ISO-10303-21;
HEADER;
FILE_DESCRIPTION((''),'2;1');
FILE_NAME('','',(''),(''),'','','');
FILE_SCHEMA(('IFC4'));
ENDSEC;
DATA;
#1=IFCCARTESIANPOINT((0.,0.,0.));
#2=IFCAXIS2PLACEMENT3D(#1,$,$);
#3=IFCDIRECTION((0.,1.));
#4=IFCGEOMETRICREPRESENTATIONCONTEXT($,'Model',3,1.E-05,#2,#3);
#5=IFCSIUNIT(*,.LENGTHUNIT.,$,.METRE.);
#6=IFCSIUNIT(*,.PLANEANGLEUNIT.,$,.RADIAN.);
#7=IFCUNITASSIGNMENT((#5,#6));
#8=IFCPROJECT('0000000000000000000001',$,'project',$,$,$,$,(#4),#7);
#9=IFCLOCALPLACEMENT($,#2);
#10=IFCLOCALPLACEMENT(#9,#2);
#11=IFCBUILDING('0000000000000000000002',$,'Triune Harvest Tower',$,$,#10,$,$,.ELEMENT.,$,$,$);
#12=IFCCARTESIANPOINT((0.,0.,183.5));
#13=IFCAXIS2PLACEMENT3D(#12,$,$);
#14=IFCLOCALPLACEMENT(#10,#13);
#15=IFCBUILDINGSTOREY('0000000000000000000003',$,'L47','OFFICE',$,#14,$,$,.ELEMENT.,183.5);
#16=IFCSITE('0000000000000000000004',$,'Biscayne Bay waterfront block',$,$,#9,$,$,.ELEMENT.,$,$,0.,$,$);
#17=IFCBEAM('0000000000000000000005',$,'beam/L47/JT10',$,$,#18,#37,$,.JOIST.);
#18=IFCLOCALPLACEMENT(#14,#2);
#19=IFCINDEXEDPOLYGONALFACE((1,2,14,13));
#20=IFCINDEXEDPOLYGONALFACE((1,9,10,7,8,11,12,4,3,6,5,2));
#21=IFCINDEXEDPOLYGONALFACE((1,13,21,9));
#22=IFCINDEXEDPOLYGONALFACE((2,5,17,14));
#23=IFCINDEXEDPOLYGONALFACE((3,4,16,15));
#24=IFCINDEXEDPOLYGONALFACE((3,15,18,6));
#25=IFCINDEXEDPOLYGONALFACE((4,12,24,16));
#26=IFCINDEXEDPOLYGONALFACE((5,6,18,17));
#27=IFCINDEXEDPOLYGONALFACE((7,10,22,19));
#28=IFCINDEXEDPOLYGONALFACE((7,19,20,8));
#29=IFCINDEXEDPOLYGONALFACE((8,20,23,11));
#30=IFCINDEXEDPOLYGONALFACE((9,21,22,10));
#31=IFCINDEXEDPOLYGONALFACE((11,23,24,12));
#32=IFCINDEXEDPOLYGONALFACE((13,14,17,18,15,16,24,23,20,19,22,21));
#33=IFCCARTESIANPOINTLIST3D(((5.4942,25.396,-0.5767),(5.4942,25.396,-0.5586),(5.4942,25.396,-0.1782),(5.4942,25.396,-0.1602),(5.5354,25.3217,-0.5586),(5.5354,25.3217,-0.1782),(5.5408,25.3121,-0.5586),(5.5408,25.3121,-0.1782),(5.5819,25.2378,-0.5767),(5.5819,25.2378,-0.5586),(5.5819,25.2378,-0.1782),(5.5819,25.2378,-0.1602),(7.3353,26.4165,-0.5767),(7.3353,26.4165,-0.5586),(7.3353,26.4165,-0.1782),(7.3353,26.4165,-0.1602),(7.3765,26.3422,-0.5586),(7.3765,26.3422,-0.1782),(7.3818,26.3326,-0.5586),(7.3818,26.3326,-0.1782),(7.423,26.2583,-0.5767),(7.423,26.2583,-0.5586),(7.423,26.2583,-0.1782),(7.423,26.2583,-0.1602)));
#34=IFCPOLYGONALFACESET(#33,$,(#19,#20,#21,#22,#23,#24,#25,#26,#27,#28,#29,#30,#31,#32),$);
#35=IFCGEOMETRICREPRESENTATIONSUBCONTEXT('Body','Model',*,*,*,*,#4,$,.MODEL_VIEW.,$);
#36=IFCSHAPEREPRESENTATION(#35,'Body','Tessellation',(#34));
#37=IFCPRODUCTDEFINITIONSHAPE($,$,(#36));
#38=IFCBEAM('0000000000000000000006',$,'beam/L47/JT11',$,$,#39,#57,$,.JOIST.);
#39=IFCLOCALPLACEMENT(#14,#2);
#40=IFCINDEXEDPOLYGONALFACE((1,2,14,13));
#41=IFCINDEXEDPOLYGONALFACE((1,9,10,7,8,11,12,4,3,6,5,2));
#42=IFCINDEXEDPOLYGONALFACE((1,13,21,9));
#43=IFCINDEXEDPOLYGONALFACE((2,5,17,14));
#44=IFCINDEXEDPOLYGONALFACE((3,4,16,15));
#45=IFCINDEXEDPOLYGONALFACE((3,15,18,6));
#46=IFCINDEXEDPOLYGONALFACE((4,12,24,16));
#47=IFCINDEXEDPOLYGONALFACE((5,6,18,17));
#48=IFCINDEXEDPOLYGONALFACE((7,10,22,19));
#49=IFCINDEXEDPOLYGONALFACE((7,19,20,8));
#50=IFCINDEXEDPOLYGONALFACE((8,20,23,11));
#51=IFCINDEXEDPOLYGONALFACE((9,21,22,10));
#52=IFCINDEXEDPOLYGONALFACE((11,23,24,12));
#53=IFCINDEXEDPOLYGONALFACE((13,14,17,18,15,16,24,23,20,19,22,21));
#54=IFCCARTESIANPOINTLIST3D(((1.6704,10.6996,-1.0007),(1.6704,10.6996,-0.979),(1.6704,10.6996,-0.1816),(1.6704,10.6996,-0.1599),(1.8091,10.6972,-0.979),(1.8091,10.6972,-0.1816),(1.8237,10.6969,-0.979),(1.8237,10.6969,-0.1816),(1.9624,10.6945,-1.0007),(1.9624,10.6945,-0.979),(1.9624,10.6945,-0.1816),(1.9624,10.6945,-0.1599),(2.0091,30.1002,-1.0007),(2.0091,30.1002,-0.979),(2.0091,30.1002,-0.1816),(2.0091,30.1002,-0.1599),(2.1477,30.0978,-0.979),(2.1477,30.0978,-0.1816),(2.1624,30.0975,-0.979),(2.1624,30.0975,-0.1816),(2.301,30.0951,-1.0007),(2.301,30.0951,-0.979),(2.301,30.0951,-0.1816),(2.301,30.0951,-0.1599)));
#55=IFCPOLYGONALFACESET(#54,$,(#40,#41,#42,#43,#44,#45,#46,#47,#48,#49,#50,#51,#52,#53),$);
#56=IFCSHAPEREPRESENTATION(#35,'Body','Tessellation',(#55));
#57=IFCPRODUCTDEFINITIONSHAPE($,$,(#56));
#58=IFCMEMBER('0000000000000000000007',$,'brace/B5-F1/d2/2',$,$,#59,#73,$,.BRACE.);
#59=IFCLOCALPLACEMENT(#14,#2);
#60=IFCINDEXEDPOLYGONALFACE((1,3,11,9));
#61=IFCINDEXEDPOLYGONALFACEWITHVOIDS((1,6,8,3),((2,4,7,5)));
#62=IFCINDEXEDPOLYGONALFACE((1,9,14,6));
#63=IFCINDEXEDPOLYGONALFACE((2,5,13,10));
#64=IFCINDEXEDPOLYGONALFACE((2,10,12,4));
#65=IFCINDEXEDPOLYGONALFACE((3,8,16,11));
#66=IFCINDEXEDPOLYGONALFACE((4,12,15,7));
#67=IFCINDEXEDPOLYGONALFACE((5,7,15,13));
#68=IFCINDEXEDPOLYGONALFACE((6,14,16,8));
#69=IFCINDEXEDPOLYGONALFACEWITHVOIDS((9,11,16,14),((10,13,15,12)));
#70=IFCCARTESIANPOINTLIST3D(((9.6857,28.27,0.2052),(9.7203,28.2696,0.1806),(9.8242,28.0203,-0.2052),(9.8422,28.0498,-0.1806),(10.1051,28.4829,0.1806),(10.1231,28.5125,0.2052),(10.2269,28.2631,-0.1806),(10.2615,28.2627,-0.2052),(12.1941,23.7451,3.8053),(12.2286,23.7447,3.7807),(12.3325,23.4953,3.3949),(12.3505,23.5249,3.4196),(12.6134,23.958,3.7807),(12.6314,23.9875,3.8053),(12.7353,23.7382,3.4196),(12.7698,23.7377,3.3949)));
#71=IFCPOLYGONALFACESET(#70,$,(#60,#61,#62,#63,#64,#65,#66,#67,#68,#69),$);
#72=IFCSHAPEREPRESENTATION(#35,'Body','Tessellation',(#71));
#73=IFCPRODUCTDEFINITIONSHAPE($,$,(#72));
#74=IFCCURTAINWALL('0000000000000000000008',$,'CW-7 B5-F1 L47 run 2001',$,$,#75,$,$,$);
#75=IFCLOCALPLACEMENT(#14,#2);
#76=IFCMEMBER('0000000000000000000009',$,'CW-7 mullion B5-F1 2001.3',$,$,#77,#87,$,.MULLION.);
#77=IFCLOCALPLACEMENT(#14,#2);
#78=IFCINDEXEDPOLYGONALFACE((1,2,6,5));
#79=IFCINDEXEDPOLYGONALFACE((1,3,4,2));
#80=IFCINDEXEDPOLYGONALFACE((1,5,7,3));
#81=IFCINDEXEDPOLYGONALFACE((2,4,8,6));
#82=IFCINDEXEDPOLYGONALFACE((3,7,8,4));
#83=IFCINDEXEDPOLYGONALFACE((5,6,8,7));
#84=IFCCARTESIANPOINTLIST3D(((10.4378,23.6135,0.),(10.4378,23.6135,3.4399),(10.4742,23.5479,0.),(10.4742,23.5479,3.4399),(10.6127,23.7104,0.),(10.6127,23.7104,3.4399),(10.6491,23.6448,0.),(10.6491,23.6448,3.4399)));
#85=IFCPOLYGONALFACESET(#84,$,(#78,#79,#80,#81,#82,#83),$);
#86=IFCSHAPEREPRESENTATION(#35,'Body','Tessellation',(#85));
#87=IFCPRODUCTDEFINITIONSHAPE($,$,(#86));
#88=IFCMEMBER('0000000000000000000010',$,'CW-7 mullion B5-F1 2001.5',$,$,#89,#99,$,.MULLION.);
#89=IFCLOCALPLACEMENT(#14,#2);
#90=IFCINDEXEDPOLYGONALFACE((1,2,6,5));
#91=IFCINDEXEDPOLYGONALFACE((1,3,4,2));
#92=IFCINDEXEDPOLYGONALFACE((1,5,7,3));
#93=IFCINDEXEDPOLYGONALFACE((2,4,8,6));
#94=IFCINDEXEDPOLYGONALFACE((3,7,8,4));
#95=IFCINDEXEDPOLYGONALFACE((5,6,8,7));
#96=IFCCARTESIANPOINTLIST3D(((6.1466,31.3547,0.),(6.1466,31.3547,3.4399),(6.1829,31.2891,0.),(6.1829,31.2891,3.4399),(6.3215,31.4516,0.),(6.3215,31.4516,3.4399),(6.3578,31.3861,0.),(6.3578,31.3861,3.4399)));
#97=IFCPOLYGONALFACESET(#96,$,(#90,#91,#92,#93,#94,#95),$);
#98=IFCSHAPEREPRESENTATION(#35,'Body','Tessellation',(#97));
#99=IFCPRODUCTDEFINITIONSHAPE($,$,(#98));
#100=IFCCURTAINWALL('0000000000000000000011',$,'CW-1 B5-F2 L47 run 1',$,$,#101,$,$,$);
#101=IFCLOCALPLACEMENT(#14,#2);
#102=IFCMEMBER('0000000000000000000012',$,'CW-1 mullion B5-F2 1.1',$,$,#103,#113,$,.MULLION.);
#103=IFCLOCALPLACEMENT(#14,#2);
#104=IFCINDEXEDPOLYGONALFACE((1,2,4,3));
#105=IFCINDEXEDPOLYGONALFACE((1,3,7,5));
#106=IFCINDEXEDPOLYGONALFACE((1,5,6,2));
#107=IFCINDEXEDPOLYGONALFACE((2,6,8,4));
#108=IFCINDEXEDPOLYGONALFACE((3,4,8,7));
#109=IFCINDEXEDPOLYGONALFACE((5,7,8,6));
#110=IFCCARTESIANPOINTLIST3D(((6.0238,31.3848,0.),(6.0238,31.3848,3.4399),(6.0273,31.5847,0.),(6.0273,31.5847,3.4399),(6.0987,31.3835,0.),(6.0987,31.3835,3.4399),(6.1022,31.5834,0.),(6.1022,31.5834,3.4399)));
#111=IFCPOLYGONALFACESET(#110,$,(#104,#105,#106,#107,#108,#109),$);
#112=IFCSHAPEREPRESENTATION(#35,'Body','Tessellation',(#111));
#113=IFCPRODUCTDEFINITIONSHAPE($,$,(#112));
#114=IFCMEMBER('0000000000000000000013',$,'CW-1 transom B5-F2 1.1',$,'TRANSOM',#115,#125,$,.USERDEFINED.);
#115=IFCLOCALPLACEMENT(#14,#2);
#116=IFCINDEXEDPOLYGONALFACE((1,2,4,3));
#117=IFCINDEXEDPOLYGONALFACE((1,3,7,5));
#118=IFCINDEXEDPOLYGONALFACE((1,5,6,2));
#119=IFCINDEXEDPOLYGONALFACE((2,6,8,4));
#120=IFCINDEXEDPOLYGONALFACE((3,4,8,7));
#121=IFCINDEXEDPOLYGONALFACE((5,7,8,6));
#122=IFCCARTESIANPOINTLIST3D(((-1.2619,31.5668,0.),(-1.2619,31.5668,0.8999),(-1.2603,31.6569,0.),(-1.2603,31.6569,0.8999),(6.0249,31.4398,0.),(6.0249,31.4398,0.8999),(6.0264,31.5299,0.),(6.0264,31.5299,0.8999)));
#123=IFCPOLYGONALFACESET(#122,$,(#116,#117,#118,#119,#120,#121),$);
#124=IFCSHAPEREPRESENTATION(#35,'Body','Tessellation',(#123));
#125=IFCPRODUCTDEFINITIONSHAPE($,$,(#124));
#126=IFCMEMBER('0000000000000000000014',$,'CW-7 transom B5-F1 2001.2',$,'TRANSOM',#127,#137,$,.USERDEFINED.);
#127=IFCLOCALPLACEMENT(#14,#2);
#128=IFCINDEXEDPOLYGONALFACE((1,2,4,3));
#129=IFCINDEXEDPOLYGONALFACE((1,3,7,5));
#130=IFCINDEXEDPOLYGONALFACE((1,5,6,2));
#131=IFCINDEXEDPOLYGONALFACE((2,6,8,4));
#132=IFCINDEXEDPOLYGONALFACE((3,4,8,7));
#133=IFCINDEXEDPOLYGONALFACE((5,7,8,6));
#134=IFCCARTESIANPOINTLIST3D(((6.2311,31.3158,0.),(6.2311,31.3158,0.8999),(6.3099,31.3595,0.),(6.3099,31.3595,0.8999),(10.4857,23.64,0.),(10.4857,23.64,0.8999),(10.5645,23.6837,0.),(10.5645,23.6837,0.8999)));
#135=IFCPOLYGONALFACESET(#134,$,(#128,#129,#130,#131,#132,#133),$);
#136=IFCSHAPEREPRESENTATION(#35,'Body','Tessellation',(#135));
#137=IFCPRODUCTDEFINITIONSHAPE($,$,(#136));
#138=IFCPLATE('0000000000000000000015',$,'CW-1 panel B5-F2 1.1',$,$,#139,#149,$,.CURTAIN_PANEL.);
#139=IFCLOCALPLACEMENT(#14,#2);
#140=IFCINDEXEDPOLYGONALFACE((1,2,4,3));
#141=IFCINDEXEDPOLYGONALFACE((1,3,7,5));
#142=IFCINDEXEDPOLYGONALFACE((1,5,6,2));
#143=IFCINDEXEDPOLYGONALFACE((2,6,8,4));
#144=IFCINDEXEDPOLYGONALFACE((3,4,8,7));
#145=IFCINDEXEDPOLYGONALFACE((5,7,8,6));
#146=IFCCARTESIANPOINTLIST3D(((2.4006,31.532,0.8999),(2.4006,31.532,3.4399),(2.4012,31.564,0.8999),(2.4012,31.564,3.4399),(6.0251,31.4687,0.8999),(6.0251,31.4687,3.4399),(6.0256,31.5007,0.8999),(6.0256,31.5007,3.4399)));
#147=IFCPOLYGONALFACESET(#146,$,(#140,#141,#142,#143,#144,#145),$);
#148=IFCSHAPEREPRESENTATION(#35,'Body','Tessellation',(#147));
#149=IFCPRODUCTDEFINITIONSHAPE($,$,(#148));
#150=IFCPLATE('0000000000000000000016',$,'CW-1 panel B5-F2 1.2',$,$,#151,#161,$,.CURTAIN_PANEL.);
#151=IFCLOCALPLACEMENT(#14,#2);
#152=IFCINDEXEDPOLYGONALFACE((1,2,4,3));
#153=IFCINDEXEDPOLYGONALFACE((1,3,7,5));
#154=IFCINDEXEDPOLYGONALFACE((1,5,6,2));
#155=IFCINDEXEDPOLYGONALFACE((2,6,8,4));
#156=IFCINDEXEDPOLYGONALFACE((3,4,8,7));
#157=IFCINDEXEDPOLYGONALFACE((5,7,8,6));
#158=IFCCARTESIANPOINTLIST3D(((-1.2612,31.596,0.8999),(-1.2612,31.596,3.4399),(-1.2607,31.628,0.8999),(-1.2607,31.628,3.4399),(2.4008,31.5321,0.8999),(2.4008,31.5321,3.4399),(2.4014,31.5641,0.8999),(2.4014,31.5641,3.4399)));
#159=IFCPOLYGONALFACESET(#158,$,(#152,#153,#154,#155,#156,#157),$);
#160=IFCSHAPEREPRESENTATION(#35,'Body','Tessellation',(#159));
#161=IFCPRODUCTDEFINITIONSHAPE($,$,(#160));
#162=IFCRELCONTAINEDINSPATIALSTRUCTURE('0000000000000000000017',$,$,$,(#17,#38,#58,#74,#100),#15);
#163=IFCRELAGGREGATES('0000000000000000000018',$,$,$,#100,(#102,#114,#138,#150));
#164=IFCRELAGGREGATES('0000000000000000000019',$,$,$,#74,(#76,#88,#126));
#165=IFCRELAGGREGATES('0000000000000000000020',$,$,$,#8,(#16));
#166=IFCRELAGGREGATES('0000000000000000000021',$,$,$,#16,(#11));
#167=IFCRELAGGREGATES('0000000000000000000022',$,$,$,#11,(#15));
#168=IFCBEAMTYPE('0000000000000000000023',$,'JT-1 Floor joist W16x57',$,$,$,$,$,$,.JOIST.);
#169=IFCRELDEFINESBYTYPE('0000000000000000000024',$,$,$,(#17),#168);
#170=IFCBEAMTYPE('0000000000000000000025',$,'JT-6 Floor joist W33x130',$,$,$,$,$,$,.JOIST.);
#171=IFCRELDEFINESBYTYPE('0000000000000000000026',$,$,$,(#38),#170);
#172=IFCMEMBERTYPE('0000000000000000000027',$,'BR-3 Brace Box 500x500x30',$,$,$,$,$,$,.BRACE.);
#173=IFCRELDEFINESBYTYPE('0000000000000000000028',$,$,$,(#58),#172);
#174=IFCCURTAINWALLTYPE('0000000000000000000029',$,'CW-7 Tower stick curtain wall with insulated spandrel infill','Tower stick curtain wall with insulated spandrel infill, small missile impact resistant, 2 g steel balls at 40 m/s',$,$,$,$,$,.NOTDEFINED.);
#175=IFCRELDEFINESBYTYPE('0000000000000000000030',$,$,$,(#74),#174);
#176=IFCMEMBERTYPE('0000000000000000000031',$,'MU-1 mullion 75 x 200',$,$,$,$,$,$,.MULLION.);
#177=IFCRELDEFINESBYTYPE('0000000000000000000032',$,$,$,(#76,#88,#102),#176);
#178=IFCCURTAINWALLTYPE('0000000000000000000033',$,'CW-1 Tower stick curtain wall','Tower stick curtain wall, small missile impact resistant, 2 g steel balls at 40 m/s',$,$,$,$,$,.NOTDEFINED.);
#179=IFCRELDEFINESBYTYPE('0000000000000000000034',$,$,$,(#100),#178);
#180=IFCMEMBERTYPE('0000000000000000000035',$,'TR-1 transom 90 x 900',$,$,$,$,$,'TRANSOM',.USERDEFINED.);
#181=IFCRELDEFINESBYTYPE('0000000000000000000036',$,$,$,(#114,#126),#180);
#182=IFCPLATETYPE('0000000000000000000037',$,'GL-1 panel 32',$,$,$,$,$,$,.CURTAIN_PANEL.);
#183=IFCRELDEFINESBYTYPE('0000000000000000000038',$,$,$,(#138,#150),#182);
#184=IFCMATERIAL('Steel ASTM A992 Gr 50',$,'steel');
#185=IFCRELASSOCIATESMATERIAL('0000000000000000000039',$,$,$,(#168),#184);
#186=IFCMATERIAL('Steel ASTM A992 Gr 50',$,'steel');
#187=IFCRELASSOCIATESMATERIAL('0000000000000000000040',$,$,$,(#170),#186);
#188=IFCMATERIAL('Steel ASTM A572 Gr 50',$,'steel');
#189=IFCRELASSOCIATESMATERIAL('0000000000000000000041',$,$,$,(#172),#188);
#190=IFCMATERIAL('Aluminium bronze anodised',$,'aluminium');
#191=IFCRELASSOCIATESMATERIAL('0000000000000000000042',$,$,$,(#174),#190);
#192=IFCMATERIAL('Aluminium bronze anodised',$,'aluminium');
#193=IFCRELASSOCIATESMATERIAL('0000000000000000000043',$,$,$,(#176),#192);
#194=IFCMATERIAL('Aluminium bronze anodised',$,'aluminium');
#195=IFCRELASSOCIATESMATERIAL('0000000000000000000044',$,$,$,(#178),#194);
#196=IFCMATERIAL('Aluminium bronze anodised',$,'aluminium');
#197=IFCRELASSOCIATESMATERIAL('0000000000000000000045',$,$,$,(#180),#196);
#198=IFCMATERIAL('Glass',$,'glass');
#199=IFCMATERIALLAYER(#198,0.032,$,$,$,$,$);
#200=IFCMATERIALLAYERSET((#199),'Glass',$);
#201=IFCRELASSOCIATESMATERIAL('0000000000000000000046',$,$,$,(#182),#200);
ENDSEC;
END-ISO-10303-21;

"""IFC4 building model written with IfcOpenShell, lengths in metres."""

from ifc_helpers import new_model, si_unit, direction, frame, origin, origin_2d, place, context, subcontext, project, spatial, rectangle, hollow_rectangle, i_section, extrude, source, transform, mapped, material, layer, layer_set, material_profile, profile_set, type_object, element, aggregate, save


model = new_model("IFC4")

# Units and contexts
model_context = context("Model", 3, precision=1e-05, world=origin(), true_north=direction((0.0, 1.0)))
body_context = subcontext(model_context, "Body", "Model", "MODEL_VIEW")
ifc_project = project(units=[si_unit("LENGTHUNIT", "METRE"), si_unit("PLANEANGLEUNIT", "RADIAN")], contexts=[model_context])

# Site, building, storey
site_placement = place(None, origin())
site = spatial("IfcSite", under=ifc_project, at=site_placement, Name="Biscayne Bay waterfront block", CompositionType="ELEMENT", RefElevation=0.0)
building_placement = place(site_placement, origin())
building = spatial("IfcBuilding", under=site, at=building_placement, Name="Triune Harvest Tower", CompositionType="ELEMENT")
storey_placement = place(building_placement, frame((0.0, 0.0, 183.5)))
storey = spatial("IfcBuildingStorey", under=building, at=storey_placement, Name="L47", Description="OFFICE", CompositionType="ELEMENT", Elevation=183.5)

# Beams
ifc_material_1 = material(Name="Steel ASTM A992 Gr 50", Category="steel")
ifc_material_profile_1 = material_profile(ifc_material_1, i_section(OverallWidth=0.1809, OverallDepth=0.4165, WebThickness=0.011, FlangeThickness=0.0181, at=origin_2d()), Name="W16x57")
ifc_profile_set_1 = profile_set([ifc_material_profile_1], Name="Steel ASTM A992 Gr 50")
beam_type_1 = type_object("IfcBeamType", Name="JT-1 Floor joist W16x57", PredefinedType="JOIST", material=ifc_profile_set_1)
shared_shape_1 = source(origin(), body_context, "Body", "SweptSolid", [
    extrude(i_section(OverallWidth=0.1809, OverallDepth=0.4165, WebThickness=0.011, FlangeThickness=0.0181, at=origin_2d()), origin(), (0.0, 0.0, 1.0), 2.105),
])
beam_1_placement = place(storey_placement, frame((7.3792, 26.3374, -0.3684), z_axis=(-0.874622, -0.484806, 0.0), x_axis=(0.484806, -0.874622, 0.0)))
element("IfcBeam", 1, at=beam_1_placement, inside=storey, type_object=beam_type_1, Name="beam/L47/JT10", PredefinedType="JOIST", context=body_context, shape_type="MappedRepresentation", body=[
    mapped(shared_shape_1, transform((0.0, 0.0, 0.0), scale=1.0)),
])
ifc_material_2 = material(Name="Steel ASTM A992 Gr 50", Category="steel")
ifc_material_profile_2 = material_profile(ifc_material_2, i_section(OverallWidth=0.292, OverallDepth=0.8408, WebThickness=0.0146, FlangeThickness=0.0217, at=origin_2d()), Name="W33x130")
ifc_profile_set_2 = profile_set([ifc_material_profile_2], Name="Steel ASTM A992 Gr 50")
beam_type_2 = type_object("IfcBeamType", Name="JT-6 Floor joist W33x130", PredefinedType="JOIST", material=ifc_profile_set_2)
shared_shape_2 = source(origin(), body_context, "Body", "SweptSolid", [
    extrude(i_section(OverallWidth=0.292, OverallDepth=0.8408, WebThickness=0.0146, FlangeThickness=0.0217, at=origin_2d()), origin(), (0.0, 0.0, 1.0), 19.4036),
])
beam_2_placement = place(storey_placement, frame((2.155, 30.0977, -0.5803), z_axis=(-0.017452, -0.999848, 0.0), x_axis=(0.999848, -0.017452, 0.0)))
element("IfcBeam", 2, at=beam_2_placement, inside=storey, type_object=beam_type_2, Name="beam/L47/JT11", PredefinedType="JOIST", context=body_context, shape_type="MappedRepresentation", body=[
    mapped(shared_shape_2, transform((0.0, 0.0, 0.0), scale=1.0)),
])

# Member
ifc_material_3 = material(Name="Steel ASTM A572 Gr 50", Category="steel")
ifc_material_profile_3 = material_profile(ifc_material_3, hollow_rectangle(XDim=0.5, YDim=0.5, WallThickness=0.03, at=origin_2d()), Name="Box 500x500x30")
ifc_profile_set_3 = profile_set([ifc_material_profile_3], Name="Steel ASTM A572 Gr 50")
member_type_1 = type_object("IfcMemberType", Name="BR-3 Brace Box 500x500x30", PredefinedType="BRACE", material=ifc_profile_set_3)
shared_shape_3 = source(origin(), body_context, "Body", "SweptSolid", [
    extrude(hollow_rectangle(XDim=0.5, YDim=0.5, WallThickness=0.03, at=origin_2d()), origin(), (0.0, 0.0, 1.0), 6.303),
])
member_1_placement = place(storey_placement, frame((9.9736, 28.2664, 0.0), z_axis=(0.397957, -0.717904, 0.571178), x_axis=(0.874611, 0.484825, 0.0)))
element("IfcMember", 3, at=member_1_placement, inside=storey, type_object=member_type_1, Name="brace/B5-F1/d2/2", PredefinedType="BRACE", context=body_context, shape_type="MappedRepresentation", body=[
    mapped(shared_shape_3, transform((0.0, 0.0, 0.0), scale=1.0)),
])

# Curtain walls, members
ifc_material_4 = material(Name="Aluminium bronze anodised", Category="aluminium")
curtain_wall_type_1 = type_object("IfcCurtainWallType", Name="CW-7 Tower stick curtain wall with insulated spandrel infill", Description="Tower stick curtain wall with insulated spandrel infill, small missile impact resistant, 2 g steel balls at 40 m/s", PredefinedType="NOTDEFINED", material=ifc_material_4)
curtain_wall_1_placement = place(storey_placement, origin())
curtain_wall_1 = element("IfcCurtainWall", 4, at=curtain_wall_1_placement, inside=storey, type_object=curtain_wall_type_1, Name="CW-7 B5-F1 L47 run 2001")
ifc_material_5 = material(Name="Aluminium bronze anodised", Category="aluminium")
ifc_material_profile_4 = material_profile(ifc_material_5, rectangle(XDim=0.2, YDim=0.075, at=origin_2d()), Name="MU-1 mullion 75 x 200")
ifc_profile_set_4 = profile_set([ifc_material_profile_4], Name="Aluminium bronze anodised")
member_type_2 = type_object("IfcMemberType", Name="MU-1 mullion 75 x 200", PredefinedType="MULLION", material=ifc_profile_set_4)
shared_shape_4 = source(origin(), body_context, "Body", "SweptSolid", [
    extrude(rectangle(XDim=0.2, YDim=0.075, at=origin_2d()), origin(), (0.0, 0.0, 1.0), 3.4399),
])
member_2_placement = place(storey_placement, frame((10.5435, 23.6292, 0.0), z_axis=(0.0, 0.0, 1.0), x_axis=(-0.87462, -0.484808, 0.0)))
member_2 = element("IfcMember", 5, at=member_2_placement, type_object=member_type_2, Name="CW-7 mullion B5-F1 2001.3", PredefinedType="MULLION", context=body_context, shape_type="MappedRepresentation", body=[
    mapped(shared_shape_4, transform((0.0, 0.0, 0.0), scale=1.0)),
])
member_3_placement = place(storey_placement, frame((6.2522, 31.3704, 0.0), z_axis=(0.0, 0.0, 1.0), x_axis=(-0.87462, -0.484808, 0.0)))
member_3 = element("IfcMember", 6, at=member_3_placement, type_object=member_type_2, Name="CW-7 mullion B5-F1 2001.5", PredefinedType="MULLION", context=body_context, shape_type="MappedRepresentation", body=[
    mapped(shared_shape_4, transform((0.0, 0.0, 0.0), scale=1.0)),
])
ifc_material_6 = material(Name="Aluminium bronze anodised", Category="aluminium")
curtain_wall_type_2 = type_object("IfcCurtainWallType", Name="CW-1 Tower stick curtain wall", Description="Tower stick curtain wall, small missile impact resistant, 2 g steel balls at 40 m/s", PredefinedType="NOTDEFINED", material=ifc_material_6)
curtain_wall_2_placement = place(storey_placement, origin())
curtain_wall_2 = element("IfcCurtainWall", 7, at=curtain_wall_2_placement, inside=storey, type_object=curtain_wall_type_2, Name="CW-1 B5-F2 L47 run 1")
member_4_placement = place(storey_placement, frame((6.063, 31.4841, 0.0), z_axis=(0.0, 0.0, 1.0), x_axis=(-0.017446, -0.999848, 0.0)))
member_4 = element("IfcMember", 8, at=member_4_placement, type_object=member_type_2, Name="CW-1 mullion B5-F2 1.1", PredefinedType="MULLION", context=body_context, shape_type="MappedRepresentation", body=[
    mapped(shared_shape_4, transform((0.0, 0.0, 0.0), scale=1.0)),
])
ifc_material_7 = material(Name="Aluminium bronze anodised", Category="aluminium")
ifc_material_profile_5 = material_profile(ifc_material_7, rectangle(XDim=0.0901, YDim=0.8999, at=origin_2d()), Name="TR-1 transom 90 x 900")
ifc_profile_set_5 = profile_set([ifc_material_profile_5], Name="Aluminium bronze anodised")
member_type_3 = type_object("IfcMemberType", Name="TR-1 transom 90 x 900", ElementType="TRANSOM", PredefinedType="USERDEFINED", material=ifc_profile_set_5)
shared_shape_5 = source(origin(), body_context, "Body", "SweptSolid", [
    extrude(rectangle(XDim=0.0901, YDim=0.8999, at=origin_2d()), origin(), (0.0, 0.0, 1.0), 7.2878),
])
member_5_placement = place(storey_placement, frame((6.0256, 31.4849, 0.45), z_axis=(-0.999848, 0.01742, 0.0), x_axis=(-0.01742, -0.999848, 0.0)))
member_5 = element("IfcMember", 9, at=member_5_placement, type_object=member_type_3, Name="CW-1 transom B5-F2 1.1", ObjectType="TRANSOM", PredefinedType="USERDEFINED", context=body_context, shape_type="MappedRepresentation", body=[
    mapped(shared_shape_5, transform((0.0, 0.0, 0.0), scale=1.0)),
])

# Member
shared_shape_6 = source(origin(), body_context, "Body", "SweptSolid", [
    extrude(rectangle(XDim=0.0901, YDim=0.8999, at=origin_2d()), origin(), (0.0, 0.0, 1.0), 8.7761),
])
member_6_placement = place(storey_placement, frame((10.5251, 23.6619, 0.45), z_axis=(-0.484799, 0.874625, 0.0), x_axis=(-0.874625, -0.484799, 0.0)))
member_6 = element("IfcMember", 10, at=member_6_placement, type_object=member_type_3, Name="CW-7 transom B5-F1 2001.2", ObjectType="TRANSOM", PredefinedType="USERDEFINED", context=body_context, shape_type="MappedRepresentation", body=[
    mapped(shared_shape_6, transform((0.0, 0.0, 0.0), scale=1.0)),
])

# Plates
ifc_material_8 = material(Name="Glass", Category="glass")
ifc_layer_1 = layer(ifc_material_8, 0.032)
ifc_layer_set_1 = layer_set([ifc_layer_1], Name="Glass")
plate_type_1 = type_object("IfcPlateType", Name="GL-1 panel 32", PredefinedType="CURTAIN_PANEL", material=ifc_layer_set_1)
shared_shape_7 = source(origin(), body_context, "Body", "SweptSolid", [
    extrude(rectangle(XDim=3.625, YDim=0.032, at=origin_2d()), origin(), (0.0, 0.0, 1.0), 2.54),
])
plate_1_placement = place(storey_placement, frame((4.2131, 31.5164, 0.8999), z_axis=(0.0, 0.0, 1.0), x_axis=(-0.999848, 0.017446, 0.0)))
plate_1 = element("IfcPlate", 11, at=plate_1_placement, type_object=plate_type_1, Name="CW-1 panel B5-F2 1.1", PredefinedType="CURTAIN_PANEL", context=body_context, shape_type="MappedRepresentation", body=[
    mapped(shared_shape_7, transform((0.0, 0.0, 0.0), scale=1.0)),
])
shared_shape_8 = source(origin(), body_context, "Body", "SweptSolid", [
    extrude(rectangle(XDim=3.6626, YDim=0.032, at=origin_2d()), origin(), (0.0, 0.0, 1.0), 2.54),
])
plate_2_placement = place(storey_placement, frame((0.5701, 31.5801, 0.8999), z_axis=(0.0, 0.0, 1.0), x_axis=(-0.999848, 0.017446, 0.0)))
plate_2 = element("IfcPlate", 12, at=plate_2_placement, type_object=plate_type_1, Name="CW-1 panel B5-F2 1.2", PredefinedType="CURTAIN_PANEL", context=body_context, shape_type="MappedRepresentation", body=[
    mapped(shared_shape_8, transform((0.0, 0.0, 0.0), scale=1.0)),
])
aggregate(curtain_wall_2, [member_4, member_5, plate_1, plate_2])
aggregate(curtain_wall_1, [member_2, member_3, member_6])

save(model, "model.ifc")
